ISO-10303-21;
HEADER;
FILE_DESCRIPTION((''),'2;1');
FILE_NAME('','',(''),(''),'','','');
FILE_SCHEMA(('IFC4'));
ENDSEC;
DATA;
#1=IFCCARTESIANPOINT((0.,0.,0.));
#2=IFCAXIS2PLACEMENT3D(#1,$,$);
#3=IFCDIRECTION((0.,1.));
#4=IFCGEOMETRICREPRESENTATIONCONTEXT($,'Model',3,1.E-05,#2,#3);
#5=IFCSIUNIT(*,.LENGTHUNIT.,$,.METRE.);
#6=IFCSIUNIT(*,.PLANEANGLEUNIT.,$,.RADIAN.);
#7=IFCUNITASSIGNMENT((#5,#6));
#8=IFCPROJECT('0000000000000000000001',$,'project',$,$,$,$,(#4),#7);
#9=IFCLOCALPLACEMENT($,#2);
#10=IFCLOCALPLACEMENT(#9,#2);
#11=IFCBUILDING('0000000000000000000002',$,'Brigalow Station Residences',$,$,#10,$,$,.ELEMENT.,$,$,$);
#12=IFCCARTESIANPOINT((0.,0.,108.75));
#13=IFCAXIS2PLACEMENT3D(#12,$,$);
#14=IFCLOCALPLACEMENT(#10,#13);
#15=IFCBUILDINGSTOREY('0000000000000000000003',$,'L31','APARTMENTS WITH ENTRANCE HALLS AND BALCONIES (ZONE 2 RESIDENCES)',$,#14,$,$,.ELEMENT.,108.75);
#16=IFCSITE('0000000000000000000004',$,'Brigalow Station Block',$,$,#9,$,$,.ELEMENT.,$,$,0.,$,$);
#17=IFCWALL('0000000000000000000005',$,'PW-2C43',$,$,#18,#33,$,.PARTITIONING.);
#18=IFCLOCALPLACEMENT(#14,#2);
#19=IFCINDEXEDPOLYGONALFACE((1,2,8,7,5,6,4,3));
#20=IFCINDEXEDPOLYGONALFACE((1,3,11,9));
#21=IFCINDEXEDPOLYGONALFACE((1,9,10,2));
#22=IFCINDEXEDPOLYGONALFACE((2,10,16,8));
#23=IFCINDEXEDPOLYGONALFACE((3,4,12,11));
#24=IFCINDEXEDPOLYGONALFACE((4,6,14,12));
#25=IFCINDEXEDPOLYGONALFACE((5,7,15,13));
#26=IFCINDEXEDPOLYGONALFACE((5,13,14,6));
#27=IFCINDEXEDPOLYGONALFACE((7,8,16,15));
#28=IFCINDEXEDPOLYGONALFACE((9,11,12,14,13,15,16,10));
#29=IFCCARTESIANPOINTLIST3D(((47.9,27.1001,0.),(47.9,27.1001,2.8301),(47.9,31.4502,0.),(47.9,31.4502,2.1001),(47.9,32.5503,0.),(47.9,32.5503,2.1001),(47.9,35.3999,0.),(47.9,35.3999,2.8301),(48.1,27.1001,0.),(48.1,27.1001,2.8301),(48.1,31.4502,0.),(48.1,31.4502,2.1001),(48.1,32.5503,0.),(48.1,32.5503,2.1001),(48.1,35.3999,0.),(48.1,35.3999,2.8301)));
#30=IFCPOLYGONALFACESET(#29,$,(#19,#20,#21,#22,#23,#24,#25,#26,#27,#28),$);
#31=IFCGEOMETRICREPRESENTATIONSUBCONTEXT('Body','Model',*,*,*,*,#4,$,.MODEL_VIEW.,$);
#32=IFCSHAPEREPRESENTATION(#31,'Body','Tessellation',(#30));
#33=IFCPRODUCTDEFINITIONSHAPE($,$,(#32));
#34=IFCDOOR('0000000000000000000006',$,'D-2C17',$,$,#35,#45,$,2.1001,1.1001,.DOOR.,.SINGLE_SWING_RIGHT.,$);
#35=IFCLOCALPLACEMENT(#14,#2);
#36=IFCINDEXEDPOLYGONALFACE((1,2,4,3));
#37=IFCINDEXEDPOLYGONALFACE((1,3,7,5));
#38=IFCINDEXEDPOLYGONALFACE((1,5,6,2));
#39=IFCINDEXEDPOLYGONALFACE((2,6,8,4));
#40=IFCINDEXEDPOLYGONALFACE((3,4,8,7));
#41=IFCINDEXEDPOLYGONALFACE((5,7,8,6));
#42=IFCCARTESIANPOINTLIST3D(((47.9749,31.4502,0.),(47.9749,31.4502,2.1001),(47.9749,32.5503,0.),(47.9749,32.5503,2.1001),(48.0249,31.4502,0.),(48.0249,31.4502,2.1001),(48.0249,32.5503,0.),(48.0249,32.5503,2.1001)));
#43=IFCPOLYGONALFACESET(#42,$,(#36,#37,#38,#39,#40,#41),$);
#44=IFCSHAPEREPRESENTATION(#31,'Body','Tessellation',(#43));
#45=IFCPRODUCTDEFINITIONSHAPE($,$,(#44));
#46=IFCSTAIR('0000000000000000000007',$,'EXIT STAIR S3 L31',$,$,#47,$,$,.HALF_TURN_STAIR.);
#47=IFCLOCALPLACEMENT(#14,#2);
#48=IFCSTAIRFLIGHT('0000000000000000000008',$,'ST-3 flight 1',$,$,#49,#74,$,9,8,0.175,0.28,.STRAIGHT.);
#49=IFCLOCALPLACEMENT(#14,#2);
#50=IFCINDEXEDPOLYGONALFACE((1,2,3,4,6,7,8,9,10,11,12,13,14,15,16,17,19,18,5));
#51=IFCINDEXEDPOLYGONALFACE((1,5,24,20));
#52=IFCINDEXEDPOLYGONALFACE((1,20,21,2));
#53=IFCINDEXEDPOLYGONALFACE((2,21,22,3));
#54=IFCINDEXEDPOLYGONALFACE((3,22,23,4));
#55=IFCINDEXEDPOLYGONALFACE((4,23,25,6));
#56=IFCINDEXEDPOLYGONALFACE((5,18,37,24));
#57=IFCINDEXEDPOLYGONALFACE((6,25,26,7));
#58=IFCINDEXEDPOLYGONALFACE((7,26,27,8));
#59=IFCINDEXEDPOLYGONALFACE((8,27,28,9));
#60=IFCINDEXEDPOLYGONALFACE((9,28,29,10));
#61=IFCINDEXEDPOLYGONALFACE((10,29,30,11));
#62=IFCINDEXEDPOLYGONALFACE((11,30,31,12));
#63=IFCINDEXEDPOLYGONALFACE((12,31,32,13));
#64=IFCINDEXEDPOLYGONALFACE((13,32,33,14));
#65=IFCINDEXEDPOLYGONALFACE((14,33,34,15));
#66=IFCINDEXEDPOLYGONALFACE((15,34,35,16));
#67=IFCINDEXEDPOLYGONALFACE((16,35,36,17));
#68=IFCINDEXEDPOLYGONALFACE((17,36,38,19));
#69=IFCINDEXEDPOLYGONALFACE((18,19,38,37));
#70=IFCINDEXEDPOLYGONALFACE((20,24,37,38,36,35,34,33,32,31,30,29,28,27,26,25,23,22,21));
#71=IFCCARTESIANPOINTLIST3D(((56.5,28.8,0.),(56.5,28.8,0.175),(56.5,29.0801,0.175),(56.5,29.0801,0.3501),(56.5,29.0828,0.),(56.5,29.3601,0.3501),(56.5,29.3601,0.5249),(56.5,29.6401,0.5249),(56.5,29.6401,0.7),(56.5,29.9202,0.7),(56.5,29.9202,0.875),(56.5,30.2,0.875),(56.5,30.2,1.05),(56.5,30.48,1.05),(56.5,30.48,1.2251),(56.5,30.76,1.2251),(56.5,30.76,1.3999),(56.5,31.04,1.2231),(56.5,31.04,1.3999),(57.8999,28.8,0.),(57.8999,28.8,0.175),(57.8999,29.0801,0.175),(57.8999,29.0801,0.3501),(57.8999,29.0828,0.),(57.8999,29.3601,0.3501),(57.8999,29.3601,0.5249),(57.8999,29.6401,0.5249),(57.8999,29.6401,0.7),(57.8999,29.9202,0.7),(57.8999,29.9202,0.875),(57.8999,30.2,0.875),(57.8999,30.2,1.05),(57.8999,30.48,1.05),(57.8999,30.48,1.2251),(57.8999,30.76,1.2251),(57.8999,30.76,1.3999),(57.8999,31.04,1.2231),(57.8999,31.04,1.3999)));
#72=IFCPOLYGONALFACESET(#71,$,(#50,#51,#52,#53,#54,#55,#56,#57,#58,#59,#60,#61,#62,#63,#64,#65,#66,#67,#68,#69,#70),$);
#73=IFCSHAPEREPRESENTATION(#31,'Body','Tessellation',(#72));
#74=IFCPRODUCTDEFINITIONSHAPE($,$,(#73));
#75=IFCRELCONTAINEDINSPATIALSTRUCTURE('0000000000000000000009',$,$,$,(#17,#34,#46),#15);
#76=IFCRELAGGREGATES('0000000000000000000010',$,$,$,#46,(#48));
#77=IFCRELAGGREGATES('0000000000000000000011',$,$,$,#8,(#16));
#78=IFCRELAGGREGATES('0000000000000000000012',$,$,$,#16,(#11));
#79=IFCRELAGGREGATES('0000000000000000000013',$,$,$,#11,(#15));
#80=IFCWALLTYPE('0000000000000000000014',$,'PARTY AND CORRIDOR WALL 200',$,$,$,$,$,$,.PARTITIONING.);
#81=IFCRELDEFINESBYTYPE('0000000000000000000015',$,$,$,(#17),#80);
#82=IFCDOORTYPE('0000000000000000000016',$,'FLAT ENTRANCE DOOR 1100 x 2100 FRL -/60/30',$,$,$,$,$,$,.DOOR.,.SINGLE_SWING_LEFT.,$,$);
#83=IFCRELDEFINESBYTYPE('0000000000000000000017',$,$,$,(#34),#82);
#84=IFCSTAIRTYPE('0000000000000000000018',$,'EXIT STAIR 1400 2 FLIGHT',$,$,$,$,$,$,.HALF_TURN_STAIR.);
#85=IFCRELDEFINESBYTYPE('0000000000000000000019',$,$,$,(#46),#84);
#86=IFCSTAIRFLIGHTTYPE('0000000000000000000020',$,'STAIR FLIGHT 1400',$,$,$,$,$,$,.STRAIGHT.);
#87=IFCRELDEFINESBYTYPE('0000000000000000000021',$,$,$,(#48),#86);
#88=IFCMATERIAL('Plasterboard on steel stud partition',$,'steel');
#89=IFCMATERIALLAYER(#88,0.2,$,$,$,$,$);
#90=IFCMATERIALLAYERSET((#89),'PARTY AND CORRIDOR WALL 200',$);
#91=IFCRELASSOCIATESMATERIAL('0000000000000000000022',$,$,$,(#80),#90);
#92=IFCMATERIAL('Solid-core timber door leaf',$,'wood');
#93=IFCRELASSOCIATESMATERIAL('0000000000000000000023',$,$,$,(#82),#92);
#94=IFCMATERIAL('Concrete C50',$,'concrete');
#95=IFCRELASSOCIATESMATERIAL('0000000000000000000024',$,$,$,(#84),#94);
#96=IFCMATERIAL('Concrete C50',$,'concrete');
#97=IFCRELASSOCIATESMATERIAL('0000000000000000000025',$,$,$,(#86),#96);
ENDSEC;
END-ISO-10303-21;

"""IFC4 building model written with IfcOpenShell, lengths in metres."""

from ifc_helpers import new_model, si_unit, direction, frame, frame_2d, origin, place, context, subcontext, project, spatial, polyline, rectangle, outline, extrude, material, layer, layer_set, type_object, element, fill, aggregate, save


model = new_model("IFC4")

# Units and contexts
model_context = context("Model", 3, precision=1e-05, world=origin(), true_north=direction((0.0, 1.0)))
body_context = subcontext(model_context, "Body", "Model", "MODEL_VIEW")
ifc_project = project(units=[si_unit("LENGTHUNIT", "METRE"), si_unit("PLANEANGLEUNIT", "RADIAN")], contexts=[model_context])

# Site, building, storey
site_placement = place(None, origin())
site = spatial("IfcSite", under=ifc_project, at=site_placement, Name="Brigalow Station Block", CompositionType="ELEMENT", RefElevation=0.0)
building_placement = place(site_placement, origin())
building = spatial("IfcBuilding", under=site, at=building_placement, Name="Brigalow Station Residences", CompositionType="ELEMENT")
storey_placement = place(building_placement, frame((0.0, 0.0, 108.75)))
storey = spatial("IfcBuildingStorey", under=building, at=storey_placement, Name="L31", Description="APARTMENTS WITH ENTRANCE HALLS AND BALCONIES (ZONE 2 RESIDENCES)", CompositionType="ELEMENT", Elevation=108.75)

# Shared definitions
ifc_material_1 = material(Name="Plasterboard on steel stud partition", Category="steel")
ifc_layer_1 = layer(ifc_material_1, 0.2)
ifc_layer_set_1 = layer_set([ifc_layer_1], Name="PARTY AND CORRIDOR WALL 200")
wall_type_1 = type_object("IfcWallType", Name="PARTY AND CORRIDOR WALL 200", PredefinedType="PARTITIONING", material=ifc_layer_set_1)

# Wall, opening, door
wall_1_placement = place(storey_placement, frame((48.0, 27.1001, 0.0), z_axis=(0.0, 0.0, 1.0), x_axis=(0.0, 1.0, 0.0)))
wall_1 = element("IfcWall", 1, at=wall_1_placement, inside=storey, type_object=wall_type_1, Name="PW-2C43", PredefinedType="PARTITIONING", context=body_context, shape_type="SweptSolid", body=[
    extrude(rectangle(XDim=8.2998, YDim=0.2, at=frame_2d((4.1499, 0.0))), origin(), (0.0, 0.0, 1.0), 2.8301),
])
opening_1_placement = place(wall_1_placement, frame((4.3501, 0.0, 0.0)))
opening_1 = element("IfcOpeningElement", 2, at=opening_1_placement, cuts=wall_1, PredefinedType="OPENING", context=body_context, shape_type="SweptSolid", body=[
    extrude(rectangle(XDim=1.1001, YDim=2.1001, at=frame_2d((0.55, 1.05))), frame((0.0, 0.1099, 0.0), z_axis=(0.0, -1.0, 0.0), x_axis=(1.0, 0.0, 0.0)), (0.0, 0.0, 1.0), 0.22),
])
ifc_material_2 = material(Name="Solid-core timber door leaf", Category="wood")
door_type_1 = type_object("IfcDoorType", Name="FLAT ENTRANCE DOOR 1100 x 2100 FRL -/60/30", OperationType="SINGLE_SWING_LEFT", PredefinedType="DOOR", material=ifc_material_2)
door_1_placement = place(opening_1_placement, frame((1.1001, 0.0, 0.0), z_axis=(0.0, 0.0, 1.0), x_axis=(-1.0, 0.0, 0.0)))
door_1 = element("IfcDoor", 3, at=door_1_placement, inside=storey, type_object=door_type_1, Name="D-2C17", OperationType="SINGLE_SWING_RIGHT", OverallHeight=2.1001, OverallWidth=1.1001, PredefinedType="DOOR", context=body_context, shape_type="SweptSolid", body=[
    extrude(rectangle(XDim=1.1001, YDim=2.1001, at=frame_2d((0.55, 1.05))), frame((0.0, 0.0249, 0.0), z_axis=(0.0, -1.0, 0.0), x_axis=(1.0, 0.0, 0.0)), (0.0, 0.0, 1.0), 0.05),
])
fill(opening_1, door_1)

# Stair, stair flight
ifc_material_3 = material(Name="Concrete C50", Category="concrete")
stair_type = type_object("IfcStairType", Name="EXIT STAIR 1400 2 FLIGHT", PredefinedType="HALF_TURN_STAIR", material=ifc_material_3)
stair_placement = place(storey_placement, origin())
stair = element("IfcStair", 4, at=stair_placement, inside=storey, type_object=stair_type, Name="EXIT STAIR S3 L31", PredefinedType="HALF_TURN_STAIR")
ifc_material_4 = material(Name="Concrete C50", Category="concrete")
stair_flight_type = type_object("IfcStairFlightType", Name="STAIR FLIGHT 1400", PredefinedType="STRAIGHT", material=ifc_material_4)
stair_flight_placement = place(storey_placement, frame((57.2, 28.8, 0.0), z_axis=(0.0, 0.0, 1.0), x_axis=(0.0, 1.0, 0.0)))
stair_flight = element("IfcStairFlight", 5, at=stair_flight_placement, type_object=stair_flight_type, Name="ST-3 flight 1", NumberOfRisers=9, NumberOfTreads=8, PredefinedType="STRAIGHT", RiserHeight=0.175, TreadLength=0.28, context=body_context, shape_type="SweptSolid", body=[
    extrude(outline(polyline([(0.0, 0.0), (0.0, 0.175), (0.28, 0.175), (0.28, 0.3501), (0.5601, 0.3501), (0.5601, 0.5249), (0.8401, 0.5249), (0.8401, 0.7), (1.1201, 0.7), (1.1201, 0.875), (1.3999, 0.875), (1.3999, 1.05), (1.6799, 1.05), (1.6799, 1.2251), (1.96, 1.2251), (1.96, 1.3999), (2.24, 1.3999), (2.24, 1.575), (2.24, 1.2231), (0.2827, 0.0), (0.0, 0.0)])), frame((0.0, 0.7, 0.0), z_axis=(0.0, -1.0, 0.0), x_axis=(1.0, 0.0, 0.0)), (0.0, 0.0, 1.0), 1.3999),
])
aggregate(stair, [stair_flight])

save(model, "model.ifc")
